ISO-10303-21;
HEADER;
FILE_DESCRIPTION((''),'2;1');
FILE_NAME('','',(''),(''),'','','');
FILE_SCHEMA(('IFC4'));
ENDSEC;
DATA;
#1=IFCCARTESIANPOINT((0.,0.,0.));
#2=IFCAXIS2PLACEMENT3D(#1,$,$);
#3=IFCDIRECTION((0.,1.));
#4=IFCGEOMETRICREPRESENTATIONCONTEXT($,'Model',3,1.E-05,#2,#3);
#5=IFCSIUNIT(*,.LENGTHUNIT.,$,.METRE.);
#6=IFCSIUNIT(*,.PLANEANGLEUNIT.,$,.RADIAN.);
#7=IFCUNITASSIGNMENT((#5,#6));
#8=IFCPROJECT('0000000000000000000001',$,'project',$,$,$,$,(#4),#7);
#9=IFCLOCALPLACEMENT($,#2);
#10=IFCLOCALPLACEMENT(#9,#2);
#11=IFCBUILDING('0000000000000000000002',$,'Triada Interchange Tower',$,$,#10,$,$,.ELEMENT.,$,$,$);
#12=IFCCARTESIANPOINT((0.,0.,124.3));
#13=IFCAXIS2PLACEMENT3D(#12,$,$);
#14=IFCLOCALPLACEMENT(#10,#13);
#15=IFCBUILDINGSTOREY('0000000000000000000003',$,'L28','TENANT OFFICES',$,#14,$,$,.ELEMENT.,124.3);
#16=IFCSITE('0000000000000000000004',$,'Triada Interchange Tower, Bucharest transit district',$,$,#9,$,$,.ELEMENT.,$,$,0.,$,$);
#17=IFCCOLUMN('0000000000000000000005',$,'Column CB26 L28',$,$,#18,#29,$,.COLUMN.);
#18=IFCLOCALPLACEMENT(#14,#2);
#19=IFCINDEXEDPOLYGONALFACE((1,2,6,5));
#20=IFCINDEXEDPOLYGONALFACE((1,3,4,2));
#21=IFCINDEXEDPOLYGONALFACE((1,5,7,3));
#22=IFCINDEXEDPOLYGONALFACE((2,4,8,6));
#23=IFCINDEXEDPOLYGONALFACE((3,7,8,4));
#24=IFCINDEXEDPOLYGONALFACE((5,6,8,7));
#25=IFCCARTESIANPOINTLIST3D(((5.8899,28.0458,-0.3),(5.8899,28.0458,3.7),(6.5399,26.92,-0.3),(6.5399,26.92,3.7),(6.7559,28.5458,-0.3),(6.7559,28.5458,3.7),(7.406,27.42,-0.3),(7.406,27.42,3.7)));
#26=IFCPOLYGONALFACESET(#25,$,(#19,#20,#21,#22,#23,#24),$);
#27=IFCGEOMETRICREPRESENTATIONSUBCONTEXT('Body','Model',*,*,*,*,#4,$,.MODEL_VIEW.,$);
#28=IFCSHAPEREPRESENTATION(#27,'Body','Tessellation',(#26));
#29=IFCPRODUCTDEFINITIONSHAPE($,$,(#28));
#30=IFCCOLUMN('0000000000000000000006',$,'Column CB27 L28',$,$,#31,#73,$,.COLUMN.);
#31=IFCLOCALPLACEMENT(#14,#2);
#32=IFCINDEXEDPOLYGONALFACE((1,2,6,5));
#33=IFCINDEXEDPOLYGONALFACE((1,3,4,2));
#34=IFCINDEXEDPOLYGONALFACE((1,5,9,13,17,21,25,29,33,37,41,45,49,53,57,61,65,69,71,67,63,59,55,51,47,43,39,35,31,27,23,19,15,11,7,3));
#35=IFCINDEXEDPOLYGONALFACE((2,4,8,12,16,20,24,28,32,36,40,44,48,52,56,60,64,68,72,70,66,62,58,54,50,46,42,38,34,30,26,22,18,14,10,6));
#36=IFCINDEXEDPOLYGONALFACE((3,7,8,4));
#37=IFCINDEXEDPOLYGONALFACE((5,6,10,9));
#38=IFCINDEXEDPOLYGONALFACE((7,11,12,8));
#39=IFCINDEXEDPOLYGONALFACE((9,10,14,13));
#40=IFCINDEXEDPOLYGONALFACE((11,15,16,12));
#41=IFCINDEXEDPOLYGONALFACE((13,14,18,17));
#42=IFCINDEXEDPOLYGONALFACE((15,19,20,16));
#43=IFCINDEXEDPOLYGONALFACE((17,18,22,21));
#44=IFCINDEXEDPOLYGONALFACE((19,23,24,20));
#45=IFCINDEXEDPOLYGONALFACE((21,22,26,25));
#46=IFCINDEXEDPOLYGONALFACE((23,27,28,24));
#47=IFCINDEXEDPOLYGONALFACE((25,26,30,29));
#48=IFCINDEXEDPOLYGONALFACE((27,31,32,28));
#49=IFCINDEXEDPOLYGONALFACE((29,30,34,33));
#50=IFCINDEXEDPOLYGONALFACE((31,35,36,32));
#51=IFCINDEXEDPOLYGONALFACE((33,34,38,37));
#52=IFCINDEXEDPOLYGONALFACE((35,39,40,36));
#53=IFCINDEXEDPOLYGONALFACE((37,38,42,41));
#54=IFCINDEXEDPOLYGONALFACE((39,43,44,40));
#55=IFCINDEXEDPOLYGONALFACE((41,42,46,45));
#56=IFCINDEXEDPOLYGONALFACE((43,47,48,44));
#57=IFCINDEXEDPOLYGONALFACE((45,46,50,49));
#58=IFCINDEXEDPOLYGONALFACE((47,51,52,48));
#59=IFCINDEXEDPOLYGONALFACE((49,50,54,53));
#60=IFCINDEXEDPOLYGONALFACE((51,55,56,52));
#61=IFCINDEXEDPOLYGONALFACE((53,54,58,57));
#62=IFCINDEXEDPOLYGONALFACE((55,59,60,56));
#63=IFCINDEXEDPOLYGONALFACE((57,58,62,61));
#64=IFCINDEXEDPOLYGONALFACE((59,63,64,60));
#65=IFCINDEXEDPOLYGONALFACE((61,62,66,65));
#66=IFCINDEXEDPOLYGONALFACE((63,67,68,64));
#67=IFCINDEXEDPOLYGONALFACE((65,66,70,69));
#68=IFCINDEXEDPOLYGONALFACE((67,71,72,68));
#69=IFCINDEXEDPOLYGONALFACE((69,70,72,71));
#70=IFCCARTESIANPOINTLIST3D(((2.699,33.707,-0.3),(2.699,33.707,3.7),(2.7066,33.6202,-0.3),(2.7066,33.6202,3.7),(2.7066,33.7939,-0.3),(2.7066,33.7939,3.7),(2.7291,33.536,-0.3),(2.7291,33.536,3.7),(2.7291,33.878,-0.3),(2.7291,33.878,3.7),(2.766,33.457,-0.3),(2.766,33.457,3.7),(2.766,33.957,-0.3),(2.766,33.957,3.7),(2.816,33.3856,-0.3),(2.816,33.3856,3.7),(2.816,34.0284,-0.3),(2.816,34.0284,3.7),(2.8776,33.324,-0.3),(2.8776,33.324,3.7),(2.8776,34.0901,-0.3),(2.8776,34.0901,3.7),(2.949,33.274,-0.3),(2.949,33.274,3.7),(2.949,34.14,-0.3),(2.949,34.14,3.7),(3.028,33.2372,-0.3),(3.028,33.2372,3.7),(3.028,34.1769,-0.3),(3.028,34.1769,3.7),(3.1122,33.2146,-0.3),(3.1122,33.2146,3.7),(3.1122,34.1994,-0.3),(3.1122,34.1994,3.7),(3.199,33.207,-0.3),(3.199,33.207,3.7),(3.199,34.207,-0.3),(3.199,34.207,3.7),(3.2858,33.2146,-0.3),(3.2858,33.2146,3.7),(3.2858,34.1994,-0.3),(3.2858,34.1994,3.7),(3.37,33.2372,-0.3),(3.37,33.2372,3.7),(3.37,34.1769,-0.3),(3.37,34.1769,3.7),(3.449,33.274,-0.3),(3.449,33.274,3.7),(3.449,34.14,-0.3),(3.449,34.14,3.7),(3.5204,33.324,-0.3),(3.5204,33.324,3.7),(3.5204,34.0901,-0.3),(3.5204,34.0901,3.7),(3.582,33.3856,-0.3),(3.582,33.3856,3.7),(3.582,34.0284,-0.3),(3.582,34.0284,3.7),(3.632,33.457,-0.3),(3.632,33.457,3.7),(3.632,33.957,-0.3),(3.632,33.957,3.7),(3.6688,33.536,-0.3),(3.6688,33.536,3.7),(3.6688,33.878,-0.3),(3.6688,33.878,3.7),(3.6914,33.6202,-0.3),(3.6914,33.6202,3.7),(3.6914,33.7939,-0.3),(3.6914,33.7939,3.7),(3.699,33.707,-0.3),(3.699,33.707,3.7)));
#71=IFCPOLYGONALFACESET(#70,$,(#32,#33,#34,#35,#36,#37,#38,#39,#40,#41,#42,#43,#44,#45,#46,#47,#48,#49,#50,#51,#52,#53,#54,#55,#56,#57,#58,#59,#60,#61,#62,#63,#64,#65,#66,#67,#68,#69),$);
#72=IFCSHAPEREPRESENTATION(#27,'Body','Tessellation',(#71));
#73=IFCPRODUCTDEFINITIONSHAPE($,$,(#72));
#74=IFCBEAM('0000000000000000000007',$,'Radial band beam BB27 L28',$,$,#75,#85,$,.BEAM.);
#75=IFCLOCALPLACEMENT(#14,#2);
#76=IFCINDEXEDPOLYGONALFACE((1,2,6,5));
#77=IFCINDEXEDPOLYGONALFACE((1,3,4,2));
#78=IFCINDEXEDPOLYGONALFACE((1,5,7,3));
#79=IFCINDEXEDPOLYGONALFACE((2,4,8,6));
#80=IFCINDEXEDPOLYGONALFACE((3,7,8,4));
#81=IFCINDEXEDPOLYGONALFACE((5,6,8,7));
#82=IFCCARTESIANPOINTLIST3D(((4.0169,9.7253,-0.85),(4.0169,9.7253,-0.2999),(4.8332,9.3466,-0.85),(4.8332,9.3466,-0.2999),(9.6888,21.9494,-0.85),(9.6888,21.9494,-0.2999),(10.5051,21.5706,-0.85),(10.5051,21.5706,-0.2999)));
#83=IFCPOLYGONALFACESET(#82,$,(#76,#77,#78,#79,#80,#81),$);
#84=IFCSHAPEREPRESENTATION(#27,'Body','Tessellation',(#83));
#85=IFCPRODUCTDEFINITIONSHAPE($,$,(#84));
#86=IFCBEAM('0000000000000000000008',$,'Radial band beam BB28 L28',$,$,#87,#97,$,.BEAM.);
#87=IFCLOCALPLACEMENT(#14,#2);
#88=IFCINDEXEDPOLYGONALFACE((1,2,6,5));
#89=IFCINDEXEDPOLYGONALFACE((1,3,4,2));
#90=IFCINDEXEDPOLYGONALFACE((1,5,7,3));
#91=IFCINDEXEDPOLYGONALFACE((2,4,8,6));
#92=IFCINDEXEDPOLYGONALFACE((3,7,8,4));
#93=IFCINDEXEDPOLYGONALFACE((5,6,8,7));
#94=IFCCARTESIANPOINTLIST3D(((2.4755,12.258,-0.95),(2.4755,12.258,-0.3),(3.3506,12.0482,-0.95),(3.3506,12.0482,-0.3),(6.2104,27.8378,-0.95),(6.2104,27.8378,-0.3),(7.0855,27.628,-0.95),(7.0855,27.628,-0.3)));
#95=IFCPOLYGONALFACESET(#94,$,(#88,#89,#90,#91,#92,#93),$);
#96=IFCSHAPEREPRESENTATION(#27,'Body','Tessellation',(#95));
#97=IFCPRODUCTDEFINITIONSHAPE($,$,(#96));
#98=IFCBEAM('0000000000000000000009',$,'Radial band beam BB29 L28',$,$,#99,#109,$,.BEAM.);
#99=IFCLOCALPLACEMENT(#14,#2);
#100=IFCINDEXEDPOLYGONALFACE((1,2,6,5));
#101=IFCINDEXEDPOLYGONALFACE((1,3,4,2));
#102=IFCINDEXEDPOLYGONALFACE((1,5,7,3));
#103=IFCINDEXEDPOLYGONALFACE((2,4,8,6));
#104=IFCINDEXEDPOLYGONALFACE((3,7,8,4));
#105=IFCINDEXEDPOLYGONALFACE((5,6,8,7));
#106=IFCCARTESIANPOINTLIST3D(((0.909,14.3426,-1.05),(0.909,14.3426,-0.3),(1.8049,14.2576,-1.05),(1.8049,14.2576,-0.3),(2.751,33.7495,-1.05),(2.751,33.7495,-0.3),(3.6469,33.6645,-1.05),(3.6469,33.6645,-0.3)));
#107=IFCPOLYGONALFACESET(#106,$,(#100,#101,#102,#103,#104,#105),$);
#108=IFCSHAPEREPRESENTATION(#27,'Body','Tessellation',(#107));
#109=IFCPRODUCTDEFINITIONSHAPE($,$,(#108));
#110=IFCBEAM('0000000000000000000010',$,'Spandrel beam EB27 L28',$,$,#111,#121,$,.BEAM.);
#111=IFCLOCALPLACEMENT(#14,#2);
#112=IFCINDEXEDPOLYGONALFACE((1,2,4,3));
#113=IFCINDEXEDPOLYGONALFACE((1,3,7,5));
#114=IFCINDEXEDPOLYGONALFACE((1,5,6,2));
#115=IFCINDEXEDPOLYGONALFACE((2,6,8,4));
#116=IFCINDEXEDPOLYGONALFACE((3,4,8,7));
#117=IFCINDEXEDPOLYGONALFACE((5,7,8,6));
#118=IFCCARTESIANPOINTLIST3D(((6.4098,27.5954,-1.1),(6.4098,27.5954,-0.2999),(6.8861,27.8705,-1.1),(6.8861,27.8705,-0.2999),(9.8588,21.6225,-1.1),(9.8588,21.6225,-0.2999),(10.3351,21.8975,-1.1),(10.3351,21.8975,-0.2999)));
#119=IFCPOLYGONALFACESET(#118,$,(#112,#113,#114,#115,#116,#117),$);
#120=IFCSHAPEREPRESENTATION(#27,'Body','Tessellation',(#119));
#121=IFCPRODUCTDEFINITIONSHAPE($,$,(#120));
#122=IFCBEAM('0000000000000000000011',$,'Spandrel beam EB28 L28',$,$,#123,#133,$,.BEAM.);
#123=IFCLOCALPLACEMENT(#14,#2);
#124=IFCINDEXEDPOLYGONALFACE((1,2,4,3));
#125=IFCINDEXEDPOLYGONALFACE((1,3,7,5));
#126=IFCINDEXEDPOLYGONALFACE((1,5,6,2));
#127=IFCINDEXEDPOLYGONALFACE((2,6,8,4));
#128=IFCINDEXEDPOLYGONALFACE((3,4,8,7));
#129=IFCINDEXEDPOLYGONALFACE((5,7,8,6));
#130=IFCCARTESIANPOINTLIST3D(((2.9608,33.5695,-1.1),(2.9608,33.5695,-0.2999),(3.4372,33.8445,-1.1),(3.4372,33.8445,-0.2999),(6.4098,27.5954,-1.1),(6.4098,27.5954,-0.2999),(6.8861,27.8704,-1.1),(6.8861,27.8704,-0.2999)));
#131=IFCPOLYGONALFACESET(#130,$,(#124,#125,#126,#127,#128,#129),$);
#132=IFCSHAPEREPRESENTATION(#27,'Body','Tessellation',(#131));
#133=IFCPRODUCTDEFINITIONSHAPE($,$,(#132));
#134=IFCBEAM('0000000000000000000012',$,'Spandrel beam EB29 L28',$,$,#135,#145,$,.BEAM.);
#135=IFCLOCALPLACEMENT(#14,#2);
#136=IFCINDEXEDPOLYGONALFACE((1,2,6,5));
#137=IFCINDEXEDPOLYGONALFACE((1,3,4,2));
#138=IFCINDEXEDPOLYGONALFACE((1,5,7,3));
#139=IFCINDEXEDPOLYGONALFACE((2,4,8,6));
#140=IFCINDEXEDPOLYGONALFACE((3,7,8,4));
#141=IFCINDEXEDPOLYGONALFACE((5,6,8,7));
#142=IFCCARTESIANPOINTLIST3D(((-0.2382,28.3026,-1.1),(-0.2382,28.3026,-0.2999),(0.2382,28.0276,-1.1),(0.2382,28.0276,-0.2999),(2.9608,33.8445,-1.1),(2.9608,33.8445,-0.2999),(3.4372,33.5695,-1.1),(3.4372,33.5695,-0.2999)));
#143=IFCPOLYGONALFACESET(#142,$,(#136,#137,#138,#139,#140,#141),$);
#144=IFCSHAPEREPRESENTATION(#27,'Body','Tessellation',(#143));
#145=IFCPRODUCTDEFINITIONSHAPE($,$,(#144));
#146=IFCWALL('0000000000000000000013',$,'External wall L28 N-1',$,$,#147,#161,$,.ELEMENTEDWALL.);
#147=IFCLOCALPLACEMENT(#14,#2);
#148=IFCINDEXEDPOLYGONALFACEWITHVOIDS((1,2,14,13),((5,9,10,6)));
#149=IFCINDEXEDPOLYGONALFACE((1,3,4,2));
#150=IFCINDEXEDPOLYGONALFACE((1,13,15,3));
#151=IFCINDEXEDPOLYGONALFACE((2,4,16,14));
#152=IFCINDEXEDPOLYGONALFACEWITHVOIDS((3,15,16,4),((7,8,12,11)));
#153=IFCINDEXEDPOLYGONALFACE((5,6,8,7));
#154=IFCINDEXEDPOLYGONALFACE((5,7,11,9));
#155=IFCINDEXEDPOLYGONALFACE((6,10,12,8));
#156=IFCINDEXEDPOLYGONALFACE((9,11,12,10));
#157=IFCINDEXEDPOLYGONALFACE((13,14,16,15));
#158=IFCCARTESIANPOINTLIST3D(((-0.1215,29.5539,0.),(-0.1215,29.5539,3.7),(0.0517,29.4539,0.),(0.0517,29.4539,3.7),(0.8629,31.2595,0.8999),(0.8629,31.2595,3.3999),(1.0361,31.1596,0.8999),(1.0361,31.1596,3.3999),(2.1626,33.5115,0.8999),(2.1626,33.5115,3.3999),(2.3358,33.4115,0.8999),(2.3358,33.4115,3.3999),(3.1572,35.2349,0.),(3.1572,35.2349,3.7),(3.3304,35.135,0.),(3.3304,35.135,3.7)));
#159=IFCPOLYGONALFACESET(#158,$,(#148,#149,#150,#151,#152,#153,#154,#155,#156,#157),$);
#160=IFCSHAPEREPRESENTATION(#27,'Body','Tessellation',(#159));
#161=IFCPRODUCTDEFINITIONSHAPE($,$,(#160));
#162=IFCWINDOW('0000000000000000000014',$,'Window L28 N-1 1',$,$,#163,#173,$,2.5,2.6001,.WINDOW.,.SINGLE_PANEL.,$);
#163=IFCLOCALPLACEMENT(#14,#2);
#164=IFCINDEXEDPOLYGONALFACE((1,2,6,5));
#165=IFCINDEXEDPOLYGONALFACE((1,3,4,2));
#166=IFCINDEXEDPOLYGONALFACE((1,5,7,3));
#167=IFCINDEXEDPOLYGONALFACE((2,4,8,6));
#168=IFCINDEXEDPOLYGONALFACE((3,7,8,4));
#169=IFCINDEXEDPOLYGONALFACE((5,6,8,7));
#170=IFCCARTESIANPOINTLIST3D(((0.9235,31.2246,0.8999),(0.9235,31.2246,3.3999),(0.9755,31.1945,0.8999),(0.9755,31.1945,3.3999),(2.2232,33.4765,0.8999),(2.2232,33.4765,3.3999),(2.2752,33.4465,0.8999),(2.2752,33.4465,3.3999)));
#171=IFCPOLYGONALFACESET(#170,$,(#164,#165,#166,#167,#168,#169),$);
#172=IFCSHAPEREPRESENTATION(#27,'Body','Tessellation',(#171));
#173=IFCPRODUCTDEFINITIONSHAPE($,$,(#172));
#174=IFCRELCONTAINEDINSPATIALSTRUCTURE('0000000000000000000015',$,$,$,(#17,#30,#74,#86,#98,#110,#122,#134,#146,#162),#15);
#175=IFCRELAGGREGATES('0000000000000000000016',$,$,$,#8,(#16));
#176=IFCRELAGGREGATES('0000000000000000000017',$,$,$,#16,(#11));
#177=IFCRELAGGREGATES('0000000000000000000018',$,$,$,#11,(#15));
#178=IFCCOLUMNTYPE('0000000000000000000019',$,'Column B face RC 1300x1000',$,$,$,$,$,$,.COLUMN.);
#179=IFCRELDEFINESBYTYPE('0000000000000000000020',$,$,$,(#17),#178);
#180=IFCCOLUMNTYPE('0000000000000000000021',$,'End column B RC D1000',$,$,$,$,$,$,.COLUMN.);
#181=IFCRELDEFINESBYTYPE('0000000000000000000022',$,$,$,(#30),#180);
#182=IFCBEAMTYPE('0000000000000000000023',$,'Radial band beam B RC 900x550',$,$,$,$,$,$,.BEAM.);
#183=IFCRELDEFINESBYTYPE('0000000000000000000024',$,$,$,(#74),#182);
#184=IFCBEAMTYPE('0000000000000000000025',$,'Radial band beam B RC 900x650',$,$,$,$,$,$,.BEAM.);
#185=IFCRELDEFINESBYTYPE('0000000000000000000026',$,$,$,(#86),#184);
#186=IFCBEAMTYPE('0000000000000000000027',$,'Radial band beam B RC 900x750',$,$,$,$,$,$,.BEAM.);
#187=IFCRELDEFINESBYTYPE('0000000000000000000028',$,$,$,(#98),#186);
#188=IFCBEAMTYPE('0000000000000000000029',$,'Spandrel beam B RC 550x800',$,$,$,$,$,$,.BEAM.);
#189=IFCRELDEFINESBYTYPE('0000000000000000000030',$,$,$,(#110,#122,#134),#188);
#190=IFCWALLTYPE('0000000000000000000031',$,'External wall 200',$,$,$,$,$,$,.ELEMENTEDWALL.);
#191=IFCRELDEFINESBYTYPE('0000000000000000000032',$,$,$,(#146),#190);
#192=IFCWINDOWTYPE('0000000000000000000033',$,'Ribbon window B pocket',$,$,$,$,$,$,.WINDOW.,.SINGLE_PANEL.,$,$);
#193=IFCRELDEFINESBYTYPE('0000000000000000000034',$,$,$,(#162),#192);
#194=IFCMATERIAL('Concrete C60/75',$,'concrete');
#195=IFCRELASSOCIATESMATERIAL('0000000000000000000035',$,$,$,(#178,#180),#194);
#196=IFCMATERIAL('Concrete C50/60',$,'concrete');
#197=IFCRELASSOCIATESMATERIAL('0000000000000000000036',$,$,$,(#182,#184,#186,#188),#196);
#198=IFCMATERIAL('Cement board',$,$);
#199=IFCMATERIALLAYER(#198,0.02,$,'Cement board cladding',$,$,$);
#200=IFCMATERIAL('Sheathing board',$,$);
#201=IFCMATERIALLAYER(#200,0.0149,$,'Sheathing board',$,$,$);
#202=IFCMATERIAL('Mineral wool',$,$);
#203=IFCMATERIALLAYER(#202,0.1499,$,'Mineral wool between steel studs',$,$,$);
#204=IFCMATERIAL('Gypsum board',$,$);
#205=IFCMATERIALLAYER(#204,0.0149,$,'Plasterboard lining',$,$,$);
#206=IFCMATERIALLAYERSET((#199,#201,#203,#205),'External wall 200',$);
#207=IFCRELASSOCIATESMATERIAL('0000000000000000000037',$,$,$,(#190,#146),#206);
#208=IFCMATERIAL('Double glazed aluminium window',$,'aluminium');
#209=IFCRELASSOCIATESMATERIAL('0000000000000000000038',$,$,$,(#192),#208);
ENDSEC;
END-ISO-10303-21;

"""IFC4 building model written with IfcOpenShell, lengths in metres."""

from ifc_helpers import new_model, si_unit, direction, frame, frame_2d, origin, origin_2d, place, context, subcontext, project, spatial, rectangle, circle, extrude, material, layer, layer_set, layer_usage, material_profile, profile_set, type_object, element, fill, save


model = new_model("IFC4")

# Units and contexts
model_context = context("Model", 3, precision=1e-05, world=origin(), true_north=direction((0.0, 1.0)))
body_context = subcontext(model_context, "Body", "Model", "MODEL_VIEW")
ifc_project = project(units=[si_unit("LENGTHUNIT", "METRE"), si_unit("PLANEANGLEUNIT", "RADIAN")], contexts=[model_context])

# Site, building, storey
site_placement = place(None, origin())
site = spatial("IfcSite", under=ifc_project, at=site_placement, Name="Triada Interchange Tower, Bucharest transit district", CompositionType="ELEMENT", RefElevation=0.0)
building_placement = place(site_placement, origin())
building = spatial("IfcBuilding", under=site, at=building_placement, Name="Triada Interchange Tower", CompositionType="ELEMENT")
storey_placement = place(building_placement, frame((0.0, 0.0, 124.3)))
storey = spatial("IfcBuildingStorey", under=building, at=storey_placement, Name="L28", Description="TENANT OFFICES", CompositionType="ELEMENT", Elevation=124.3)

# Columns
ifc_material_1 = material(Name="Concrete C60/75", Category="concrete")
ifc_material_profile_1 = material_profile(ifc_material_1, rectangle(XDim=1.3, YDim=1.0, at=origin_2d()), Name="RC 1300x1000")
ifc_profile_set_1 = profile_set([ifc_material_profile_1], Name="Concrete C60/75")
column_type_1 = type_object("IfcColumnType", Name="Column B face RC 1300x1000", PredefinedType="COLUMN", material=ifc_profile_set_1)
column_1_placement = place(storey_placement, frame((6.6479, 27.7329, -0.3), z_axis=(0.0, 0.0, 1.0), x_axis=(-0.5, 0.866025, 0.0)))
element("IfcColumn", 1, at=column_1_placement, inside=storey, type_object=column_type_1, Name="Column CB26 L28", PredefinedType="COLUMN", context=body_context, shape_type="SweptSolid", body=[
    extrude(rectangle(XDim=1.3, YDim=1.0, at=origin_2d()), origin(), (0.0, 0.0, 1.0), 4.0),
])
ifc_material_profile_2 = material_profile(ifc_material_1, circle(Radius=0.5, at=origin_2d()), Name="RC D1000")
ifc_profile_set_2 = profile_set([ifc_material_profile_2], Name="Concrete C60/75")
column_type_2 = type_object("IfcColumnType", Name="End column B RC D1000", PredefinedType="COLUMN", material=ifc_profile_set_2)
column_2_placement = place(storey_placement, frame((3.199, 33.707, -0.3), z_axis=(0.0, 0.0, 1.0), x_axis=(-0.5, 0.866025, 0.0)))
element("IfcColumn", 2, at=column_2_placement, inside=storey, type_object=column_type_2, Name="Column CB27 L28", PredefinedType="COLUMN", context=body_context, shape_type="SweptSolid", body=[
    extrude(circle(Radius=0.5, at=origin_2d()), origin(), (0.0, 0.0, 1.0), 4.0),
])

# Beams
ifc_material_2 = material(Name="Concrete C50/60", Category="concrete")
ifc_material_profile_3 = material_profile(ifc_material_2, rectangle(XDim=0.8999, YDim=0.55, at=origin_2d()), Name="RC 900x550")
ifc_profile_set_3 = profile_set([ifc_material_profile_3], Name="Concrete C50/60")
beam_type_1 = type_object("IfcBeamType", Name="Radial band beam B RC 900x550", PredefinedType="BEAM", material=ifc_profile_set_3)
beam_1_placement = place(storey_placement, frame((10.0969, 21.76, -0.575), z_axis=(-0.420891, -0.907111, 0.0), x_axis=(0.907111, -0.420891, 0.0)))
element("IfcBeam", 3, at=beam_1_placement, inside=storey, type_object=beam_type_1, Name="Radial band beam BB27 L28", PredefinedType="BEAM", context=body_context, shape_type="SweptSolid", body=[
    extrude(rectangle(XDim=0.8999, YDim=0.55, at=origin_2d()), origin(), (0.0, 0.0, 1.0), 13.4758),
])
ifc_material_profile_4 = material_profile(ifc_material_2, rectangle(XDim=0.8999, YDim=0.6499, at=origin_2d()), Name="RC 900x650")
ifc_profile_set_4 = profile_set([ifc_material_profile_4], Name="Concrete C50/60")
beam_type_2 = type_object("IfcBeamType", Name="Radial band beam B RC 900x650", PredefinedType="BEAM", material=ifc_profile_set_4)
beam_2_placement = place(storey_placement, frame((6.6479, 27.7329, -0.625), z_axis=(-0.233119, -0.972448, 0.0), x_axis=(0.972448, -0.233119, 0.0)))
element("IfcBeam", 4, at=beam_2_placement, inside=storey, type_object=beam_type_2, Name="Radial band beam BB28 L28", PredefinedType="BEAM", context=body_context, shape_type="SweptSolid", body=[
    extrude(rectangle(XDim=0.8999, YDim=0.6499, at=origin_2d()), origin(), (0.0, 0.0, 1.0), 16.0212),
])
ifc_material_profile_5 = material_profile(ifc_material_2, rectangle(XDim=0.8999, YDim=0.75, at=origin_2d()), Name="RC 900x750")
ifc_profile_set_5 = profile_set([ifc_material_profile_5], Name="Concrete C50/60")
beam_type_3 = type_object("IfcBeamType", Name="Radial band beam B RC 900x750", PredefinedType="BEAM", material=ifc_profile_set_5)
beam_3_placement = place(storey_placement, frame((3.199, 33.707, -0.675), z_axis=(-0.094492, -0.995526, 0.0), x_axis=(0.995526, -0.094492, 0.0)))
element("IfcBeam", 5, at=beam_3_placement, inside=storey, type_object=beam_type_3, Name="Radial band beam BB29 L28", PredefinedType="BEAM", context=body_context, shape_type="SweptSolid", body=[
    extrude(rectangle(XDim=0.8999, YDim=0.75, at=origin_2d()), origin(), (0.0, 0.0, 1.0), 19.4941),
])
ifc_material_profile_6 = material_profile(ifc_material_2, rectangle(XDim=0.55, YDim=0.8, at=origin_2d()), Name="RC 550x800")
ifc_profile_set_6 = profile_set([ifc_material_profile_6], Name="Concrete C50/60")
beam_type_4 = type_object("IfcBeamType", Name="Spandrel beam B RC 550x800", PredefinedType="BEAM", material=ifc_profile_set_6)
beam_4_placement = place(storey_placement, frame((10.0969, 21.76, -0.7), z_axis=(-0.500056, 0.865993, 0.0), x_axis=(-0.865993, -0.500056, 0.0)))
element("IfcBeam", 6, at=beam_4_placement, inside=storey, type_object=beam_type_4, Name="Spandrel beam EB27 L28", PredefinedType="BEAM", context=body_context, shape_type="SweptSolid", body=[
    extrude(rectangle(XDim=0.55, YDim=0.8, at=origin_2d()), origin(), (0.0, 0.0, 1.0), 6.8972),
])
beam_5_placement = place(storey_placement, frame((6.6479, 27.7329, -0.7), z_axis=(-0.49998, 0.866037, 0.0), x_axis=(-0.866037, -0.49998, 0.0)))
element("IfcBeam", 7, at=beam_5_placement, inside=storey, type_object=beam_type_4, Name="Spandrel beam EB28 L28", PredefinedType="BEAM", context=body_context, shape_type="SweptSolid", body=[
    extrude(rectangle(XDim=0.55, YDim=0.8, at=origin_2d()), origin(), (0.0, 0.0, 1.0), 6.8982),
])
beam_6_placement = place(storey_placement, frame((3.199, 33.707, -0.7), z_axis=(-0.499918, -0.866073, 0.0), x_axis=(0.866073, -0.499918, 0.0)))
element("IfcBeam", 8, at=beam_6_placement, inside=storey, type_object=beam_type_4, Name="Spandrel beam EB29 L28", PredefinedType="BEAM", context=body_context, shape_type="SweptSolid", body=[
    extrude(rectangle(XDim=0.55, YDim=0.8, at=origin_2d()), origin(), (0.0, 0.0, 1.0), 6.3989),
])

# Wall, opening, window
ifc_material_3 = material(Name="Cement board")
ifc_layer_1 = layer(ifc_material_3, 0.02, Name="Cement board cladding")
ifc_material_4 = material(Name="Sheathing board")
ifc_layer_2 = layer(ifc_material_4, 0.0149, Name="Sheathing board")
ifc_material_5 = material(Name="Mineral wool")
ifc_layer_3 = layer(ifc_material_5, 0.1499, Name="Mineral wool between steel studs")
ifc_material_6 = material(Name="Gypsum board")
ifc_layer_4 = layer(ifc_material_6, 0.0149, Name="Plasterboard lining")
ifc_layer_set_1 = layer_set([ifc_layer_1, ifc_layer_2, ifc_layer_3, ifc_layer_4], Name="External wall 200")
ifc_layer_usage = layer_usage(ifc_layer_set_1, "AXIS2", "POSITIVE", -0.1001)
wall_type_1 = type_object("IfcWallType", Name="External wall 200", PredefinedType="ELEMENTEDWALL", material=ifc_layer_set_1)
wall_1_placement = place(storey_placement, frame((3.2439, 35.1851, 0.0), z_axis=(0.0, 0.0, 1.0), x_axis=(-0.499862, -0.866105, 0.0)))
wall_1 = element("IfcWall", 9, at=wall_1_placement, inside=storey, type_object=wall_type_1, material=ifc_layer_usage, Name="External wall L28 N-1", PredefinedType="ELEMENTEDWALL", context=body_context, shape_type="SweptSolid", body=[
    extrude(rectangle(XDim=6.5593, YDim=0.2, at=frame_2d((3.2798, 0.0))), origin(), (0.0, 0.0, 1.0), 3.7),
])
opening_1_placement = place(wall_1_placement, frame((1.99, 0.0, 0.8999)))
opening_1 = element("IfcOpeningElement", 10, at=opening_1_placement, cuts=wall_1, PredefinedType="OPENING", context=body_context, shape_type="SweptSolid", body=[
    extrude(rectangle(XDim=2.6001, YDim=2.5, at=frame_2d((1.3, 1.25))), frame((0.0, 0.1099, 0.0), z_axis=(0.0, -1.0, 0.0), x_axis=(1.0, 0.0, 0.0)), (0.0, 0.0, 1.0), 0.22),
])
ifc_material_7 = material(Name="Double glazed aluminium window", Category="aluminium")
window_type = type_object("IfcWindowType", Name="Ribbon window B pocket", PartitioningType="SINGLE_PANEL", PredefinedType="WINDOW", material=ifc_material_7)
window_1_placement = place(opening_1_placement, origin())
window_1 = element("IfcWindow", 11, at=window_1_placement, inside=storey, type_object=window_type, Name="Window L28 N-1 1", OverallHeight=2.5, OverallWidth=2.6001, PartitioningType="SINGLE_PANEL", PredefinedType="WINDOW", context=body_context, shape_type="SweptSolid", body=[
    extrude(rectangle(XDim=2.6001, YDim=2.5, at=frame_2d((1.3, 1.25))), frame((0.0, 0.03, 0.0), z_axis=(0.0, -1.0, 0.0), x_axis=(1.0, 0.0, 0.0)), (0.0, 0.0, 1.0), 0.0601),
])
fill(opening_1, window_1)

save(model, "model.ifc")
